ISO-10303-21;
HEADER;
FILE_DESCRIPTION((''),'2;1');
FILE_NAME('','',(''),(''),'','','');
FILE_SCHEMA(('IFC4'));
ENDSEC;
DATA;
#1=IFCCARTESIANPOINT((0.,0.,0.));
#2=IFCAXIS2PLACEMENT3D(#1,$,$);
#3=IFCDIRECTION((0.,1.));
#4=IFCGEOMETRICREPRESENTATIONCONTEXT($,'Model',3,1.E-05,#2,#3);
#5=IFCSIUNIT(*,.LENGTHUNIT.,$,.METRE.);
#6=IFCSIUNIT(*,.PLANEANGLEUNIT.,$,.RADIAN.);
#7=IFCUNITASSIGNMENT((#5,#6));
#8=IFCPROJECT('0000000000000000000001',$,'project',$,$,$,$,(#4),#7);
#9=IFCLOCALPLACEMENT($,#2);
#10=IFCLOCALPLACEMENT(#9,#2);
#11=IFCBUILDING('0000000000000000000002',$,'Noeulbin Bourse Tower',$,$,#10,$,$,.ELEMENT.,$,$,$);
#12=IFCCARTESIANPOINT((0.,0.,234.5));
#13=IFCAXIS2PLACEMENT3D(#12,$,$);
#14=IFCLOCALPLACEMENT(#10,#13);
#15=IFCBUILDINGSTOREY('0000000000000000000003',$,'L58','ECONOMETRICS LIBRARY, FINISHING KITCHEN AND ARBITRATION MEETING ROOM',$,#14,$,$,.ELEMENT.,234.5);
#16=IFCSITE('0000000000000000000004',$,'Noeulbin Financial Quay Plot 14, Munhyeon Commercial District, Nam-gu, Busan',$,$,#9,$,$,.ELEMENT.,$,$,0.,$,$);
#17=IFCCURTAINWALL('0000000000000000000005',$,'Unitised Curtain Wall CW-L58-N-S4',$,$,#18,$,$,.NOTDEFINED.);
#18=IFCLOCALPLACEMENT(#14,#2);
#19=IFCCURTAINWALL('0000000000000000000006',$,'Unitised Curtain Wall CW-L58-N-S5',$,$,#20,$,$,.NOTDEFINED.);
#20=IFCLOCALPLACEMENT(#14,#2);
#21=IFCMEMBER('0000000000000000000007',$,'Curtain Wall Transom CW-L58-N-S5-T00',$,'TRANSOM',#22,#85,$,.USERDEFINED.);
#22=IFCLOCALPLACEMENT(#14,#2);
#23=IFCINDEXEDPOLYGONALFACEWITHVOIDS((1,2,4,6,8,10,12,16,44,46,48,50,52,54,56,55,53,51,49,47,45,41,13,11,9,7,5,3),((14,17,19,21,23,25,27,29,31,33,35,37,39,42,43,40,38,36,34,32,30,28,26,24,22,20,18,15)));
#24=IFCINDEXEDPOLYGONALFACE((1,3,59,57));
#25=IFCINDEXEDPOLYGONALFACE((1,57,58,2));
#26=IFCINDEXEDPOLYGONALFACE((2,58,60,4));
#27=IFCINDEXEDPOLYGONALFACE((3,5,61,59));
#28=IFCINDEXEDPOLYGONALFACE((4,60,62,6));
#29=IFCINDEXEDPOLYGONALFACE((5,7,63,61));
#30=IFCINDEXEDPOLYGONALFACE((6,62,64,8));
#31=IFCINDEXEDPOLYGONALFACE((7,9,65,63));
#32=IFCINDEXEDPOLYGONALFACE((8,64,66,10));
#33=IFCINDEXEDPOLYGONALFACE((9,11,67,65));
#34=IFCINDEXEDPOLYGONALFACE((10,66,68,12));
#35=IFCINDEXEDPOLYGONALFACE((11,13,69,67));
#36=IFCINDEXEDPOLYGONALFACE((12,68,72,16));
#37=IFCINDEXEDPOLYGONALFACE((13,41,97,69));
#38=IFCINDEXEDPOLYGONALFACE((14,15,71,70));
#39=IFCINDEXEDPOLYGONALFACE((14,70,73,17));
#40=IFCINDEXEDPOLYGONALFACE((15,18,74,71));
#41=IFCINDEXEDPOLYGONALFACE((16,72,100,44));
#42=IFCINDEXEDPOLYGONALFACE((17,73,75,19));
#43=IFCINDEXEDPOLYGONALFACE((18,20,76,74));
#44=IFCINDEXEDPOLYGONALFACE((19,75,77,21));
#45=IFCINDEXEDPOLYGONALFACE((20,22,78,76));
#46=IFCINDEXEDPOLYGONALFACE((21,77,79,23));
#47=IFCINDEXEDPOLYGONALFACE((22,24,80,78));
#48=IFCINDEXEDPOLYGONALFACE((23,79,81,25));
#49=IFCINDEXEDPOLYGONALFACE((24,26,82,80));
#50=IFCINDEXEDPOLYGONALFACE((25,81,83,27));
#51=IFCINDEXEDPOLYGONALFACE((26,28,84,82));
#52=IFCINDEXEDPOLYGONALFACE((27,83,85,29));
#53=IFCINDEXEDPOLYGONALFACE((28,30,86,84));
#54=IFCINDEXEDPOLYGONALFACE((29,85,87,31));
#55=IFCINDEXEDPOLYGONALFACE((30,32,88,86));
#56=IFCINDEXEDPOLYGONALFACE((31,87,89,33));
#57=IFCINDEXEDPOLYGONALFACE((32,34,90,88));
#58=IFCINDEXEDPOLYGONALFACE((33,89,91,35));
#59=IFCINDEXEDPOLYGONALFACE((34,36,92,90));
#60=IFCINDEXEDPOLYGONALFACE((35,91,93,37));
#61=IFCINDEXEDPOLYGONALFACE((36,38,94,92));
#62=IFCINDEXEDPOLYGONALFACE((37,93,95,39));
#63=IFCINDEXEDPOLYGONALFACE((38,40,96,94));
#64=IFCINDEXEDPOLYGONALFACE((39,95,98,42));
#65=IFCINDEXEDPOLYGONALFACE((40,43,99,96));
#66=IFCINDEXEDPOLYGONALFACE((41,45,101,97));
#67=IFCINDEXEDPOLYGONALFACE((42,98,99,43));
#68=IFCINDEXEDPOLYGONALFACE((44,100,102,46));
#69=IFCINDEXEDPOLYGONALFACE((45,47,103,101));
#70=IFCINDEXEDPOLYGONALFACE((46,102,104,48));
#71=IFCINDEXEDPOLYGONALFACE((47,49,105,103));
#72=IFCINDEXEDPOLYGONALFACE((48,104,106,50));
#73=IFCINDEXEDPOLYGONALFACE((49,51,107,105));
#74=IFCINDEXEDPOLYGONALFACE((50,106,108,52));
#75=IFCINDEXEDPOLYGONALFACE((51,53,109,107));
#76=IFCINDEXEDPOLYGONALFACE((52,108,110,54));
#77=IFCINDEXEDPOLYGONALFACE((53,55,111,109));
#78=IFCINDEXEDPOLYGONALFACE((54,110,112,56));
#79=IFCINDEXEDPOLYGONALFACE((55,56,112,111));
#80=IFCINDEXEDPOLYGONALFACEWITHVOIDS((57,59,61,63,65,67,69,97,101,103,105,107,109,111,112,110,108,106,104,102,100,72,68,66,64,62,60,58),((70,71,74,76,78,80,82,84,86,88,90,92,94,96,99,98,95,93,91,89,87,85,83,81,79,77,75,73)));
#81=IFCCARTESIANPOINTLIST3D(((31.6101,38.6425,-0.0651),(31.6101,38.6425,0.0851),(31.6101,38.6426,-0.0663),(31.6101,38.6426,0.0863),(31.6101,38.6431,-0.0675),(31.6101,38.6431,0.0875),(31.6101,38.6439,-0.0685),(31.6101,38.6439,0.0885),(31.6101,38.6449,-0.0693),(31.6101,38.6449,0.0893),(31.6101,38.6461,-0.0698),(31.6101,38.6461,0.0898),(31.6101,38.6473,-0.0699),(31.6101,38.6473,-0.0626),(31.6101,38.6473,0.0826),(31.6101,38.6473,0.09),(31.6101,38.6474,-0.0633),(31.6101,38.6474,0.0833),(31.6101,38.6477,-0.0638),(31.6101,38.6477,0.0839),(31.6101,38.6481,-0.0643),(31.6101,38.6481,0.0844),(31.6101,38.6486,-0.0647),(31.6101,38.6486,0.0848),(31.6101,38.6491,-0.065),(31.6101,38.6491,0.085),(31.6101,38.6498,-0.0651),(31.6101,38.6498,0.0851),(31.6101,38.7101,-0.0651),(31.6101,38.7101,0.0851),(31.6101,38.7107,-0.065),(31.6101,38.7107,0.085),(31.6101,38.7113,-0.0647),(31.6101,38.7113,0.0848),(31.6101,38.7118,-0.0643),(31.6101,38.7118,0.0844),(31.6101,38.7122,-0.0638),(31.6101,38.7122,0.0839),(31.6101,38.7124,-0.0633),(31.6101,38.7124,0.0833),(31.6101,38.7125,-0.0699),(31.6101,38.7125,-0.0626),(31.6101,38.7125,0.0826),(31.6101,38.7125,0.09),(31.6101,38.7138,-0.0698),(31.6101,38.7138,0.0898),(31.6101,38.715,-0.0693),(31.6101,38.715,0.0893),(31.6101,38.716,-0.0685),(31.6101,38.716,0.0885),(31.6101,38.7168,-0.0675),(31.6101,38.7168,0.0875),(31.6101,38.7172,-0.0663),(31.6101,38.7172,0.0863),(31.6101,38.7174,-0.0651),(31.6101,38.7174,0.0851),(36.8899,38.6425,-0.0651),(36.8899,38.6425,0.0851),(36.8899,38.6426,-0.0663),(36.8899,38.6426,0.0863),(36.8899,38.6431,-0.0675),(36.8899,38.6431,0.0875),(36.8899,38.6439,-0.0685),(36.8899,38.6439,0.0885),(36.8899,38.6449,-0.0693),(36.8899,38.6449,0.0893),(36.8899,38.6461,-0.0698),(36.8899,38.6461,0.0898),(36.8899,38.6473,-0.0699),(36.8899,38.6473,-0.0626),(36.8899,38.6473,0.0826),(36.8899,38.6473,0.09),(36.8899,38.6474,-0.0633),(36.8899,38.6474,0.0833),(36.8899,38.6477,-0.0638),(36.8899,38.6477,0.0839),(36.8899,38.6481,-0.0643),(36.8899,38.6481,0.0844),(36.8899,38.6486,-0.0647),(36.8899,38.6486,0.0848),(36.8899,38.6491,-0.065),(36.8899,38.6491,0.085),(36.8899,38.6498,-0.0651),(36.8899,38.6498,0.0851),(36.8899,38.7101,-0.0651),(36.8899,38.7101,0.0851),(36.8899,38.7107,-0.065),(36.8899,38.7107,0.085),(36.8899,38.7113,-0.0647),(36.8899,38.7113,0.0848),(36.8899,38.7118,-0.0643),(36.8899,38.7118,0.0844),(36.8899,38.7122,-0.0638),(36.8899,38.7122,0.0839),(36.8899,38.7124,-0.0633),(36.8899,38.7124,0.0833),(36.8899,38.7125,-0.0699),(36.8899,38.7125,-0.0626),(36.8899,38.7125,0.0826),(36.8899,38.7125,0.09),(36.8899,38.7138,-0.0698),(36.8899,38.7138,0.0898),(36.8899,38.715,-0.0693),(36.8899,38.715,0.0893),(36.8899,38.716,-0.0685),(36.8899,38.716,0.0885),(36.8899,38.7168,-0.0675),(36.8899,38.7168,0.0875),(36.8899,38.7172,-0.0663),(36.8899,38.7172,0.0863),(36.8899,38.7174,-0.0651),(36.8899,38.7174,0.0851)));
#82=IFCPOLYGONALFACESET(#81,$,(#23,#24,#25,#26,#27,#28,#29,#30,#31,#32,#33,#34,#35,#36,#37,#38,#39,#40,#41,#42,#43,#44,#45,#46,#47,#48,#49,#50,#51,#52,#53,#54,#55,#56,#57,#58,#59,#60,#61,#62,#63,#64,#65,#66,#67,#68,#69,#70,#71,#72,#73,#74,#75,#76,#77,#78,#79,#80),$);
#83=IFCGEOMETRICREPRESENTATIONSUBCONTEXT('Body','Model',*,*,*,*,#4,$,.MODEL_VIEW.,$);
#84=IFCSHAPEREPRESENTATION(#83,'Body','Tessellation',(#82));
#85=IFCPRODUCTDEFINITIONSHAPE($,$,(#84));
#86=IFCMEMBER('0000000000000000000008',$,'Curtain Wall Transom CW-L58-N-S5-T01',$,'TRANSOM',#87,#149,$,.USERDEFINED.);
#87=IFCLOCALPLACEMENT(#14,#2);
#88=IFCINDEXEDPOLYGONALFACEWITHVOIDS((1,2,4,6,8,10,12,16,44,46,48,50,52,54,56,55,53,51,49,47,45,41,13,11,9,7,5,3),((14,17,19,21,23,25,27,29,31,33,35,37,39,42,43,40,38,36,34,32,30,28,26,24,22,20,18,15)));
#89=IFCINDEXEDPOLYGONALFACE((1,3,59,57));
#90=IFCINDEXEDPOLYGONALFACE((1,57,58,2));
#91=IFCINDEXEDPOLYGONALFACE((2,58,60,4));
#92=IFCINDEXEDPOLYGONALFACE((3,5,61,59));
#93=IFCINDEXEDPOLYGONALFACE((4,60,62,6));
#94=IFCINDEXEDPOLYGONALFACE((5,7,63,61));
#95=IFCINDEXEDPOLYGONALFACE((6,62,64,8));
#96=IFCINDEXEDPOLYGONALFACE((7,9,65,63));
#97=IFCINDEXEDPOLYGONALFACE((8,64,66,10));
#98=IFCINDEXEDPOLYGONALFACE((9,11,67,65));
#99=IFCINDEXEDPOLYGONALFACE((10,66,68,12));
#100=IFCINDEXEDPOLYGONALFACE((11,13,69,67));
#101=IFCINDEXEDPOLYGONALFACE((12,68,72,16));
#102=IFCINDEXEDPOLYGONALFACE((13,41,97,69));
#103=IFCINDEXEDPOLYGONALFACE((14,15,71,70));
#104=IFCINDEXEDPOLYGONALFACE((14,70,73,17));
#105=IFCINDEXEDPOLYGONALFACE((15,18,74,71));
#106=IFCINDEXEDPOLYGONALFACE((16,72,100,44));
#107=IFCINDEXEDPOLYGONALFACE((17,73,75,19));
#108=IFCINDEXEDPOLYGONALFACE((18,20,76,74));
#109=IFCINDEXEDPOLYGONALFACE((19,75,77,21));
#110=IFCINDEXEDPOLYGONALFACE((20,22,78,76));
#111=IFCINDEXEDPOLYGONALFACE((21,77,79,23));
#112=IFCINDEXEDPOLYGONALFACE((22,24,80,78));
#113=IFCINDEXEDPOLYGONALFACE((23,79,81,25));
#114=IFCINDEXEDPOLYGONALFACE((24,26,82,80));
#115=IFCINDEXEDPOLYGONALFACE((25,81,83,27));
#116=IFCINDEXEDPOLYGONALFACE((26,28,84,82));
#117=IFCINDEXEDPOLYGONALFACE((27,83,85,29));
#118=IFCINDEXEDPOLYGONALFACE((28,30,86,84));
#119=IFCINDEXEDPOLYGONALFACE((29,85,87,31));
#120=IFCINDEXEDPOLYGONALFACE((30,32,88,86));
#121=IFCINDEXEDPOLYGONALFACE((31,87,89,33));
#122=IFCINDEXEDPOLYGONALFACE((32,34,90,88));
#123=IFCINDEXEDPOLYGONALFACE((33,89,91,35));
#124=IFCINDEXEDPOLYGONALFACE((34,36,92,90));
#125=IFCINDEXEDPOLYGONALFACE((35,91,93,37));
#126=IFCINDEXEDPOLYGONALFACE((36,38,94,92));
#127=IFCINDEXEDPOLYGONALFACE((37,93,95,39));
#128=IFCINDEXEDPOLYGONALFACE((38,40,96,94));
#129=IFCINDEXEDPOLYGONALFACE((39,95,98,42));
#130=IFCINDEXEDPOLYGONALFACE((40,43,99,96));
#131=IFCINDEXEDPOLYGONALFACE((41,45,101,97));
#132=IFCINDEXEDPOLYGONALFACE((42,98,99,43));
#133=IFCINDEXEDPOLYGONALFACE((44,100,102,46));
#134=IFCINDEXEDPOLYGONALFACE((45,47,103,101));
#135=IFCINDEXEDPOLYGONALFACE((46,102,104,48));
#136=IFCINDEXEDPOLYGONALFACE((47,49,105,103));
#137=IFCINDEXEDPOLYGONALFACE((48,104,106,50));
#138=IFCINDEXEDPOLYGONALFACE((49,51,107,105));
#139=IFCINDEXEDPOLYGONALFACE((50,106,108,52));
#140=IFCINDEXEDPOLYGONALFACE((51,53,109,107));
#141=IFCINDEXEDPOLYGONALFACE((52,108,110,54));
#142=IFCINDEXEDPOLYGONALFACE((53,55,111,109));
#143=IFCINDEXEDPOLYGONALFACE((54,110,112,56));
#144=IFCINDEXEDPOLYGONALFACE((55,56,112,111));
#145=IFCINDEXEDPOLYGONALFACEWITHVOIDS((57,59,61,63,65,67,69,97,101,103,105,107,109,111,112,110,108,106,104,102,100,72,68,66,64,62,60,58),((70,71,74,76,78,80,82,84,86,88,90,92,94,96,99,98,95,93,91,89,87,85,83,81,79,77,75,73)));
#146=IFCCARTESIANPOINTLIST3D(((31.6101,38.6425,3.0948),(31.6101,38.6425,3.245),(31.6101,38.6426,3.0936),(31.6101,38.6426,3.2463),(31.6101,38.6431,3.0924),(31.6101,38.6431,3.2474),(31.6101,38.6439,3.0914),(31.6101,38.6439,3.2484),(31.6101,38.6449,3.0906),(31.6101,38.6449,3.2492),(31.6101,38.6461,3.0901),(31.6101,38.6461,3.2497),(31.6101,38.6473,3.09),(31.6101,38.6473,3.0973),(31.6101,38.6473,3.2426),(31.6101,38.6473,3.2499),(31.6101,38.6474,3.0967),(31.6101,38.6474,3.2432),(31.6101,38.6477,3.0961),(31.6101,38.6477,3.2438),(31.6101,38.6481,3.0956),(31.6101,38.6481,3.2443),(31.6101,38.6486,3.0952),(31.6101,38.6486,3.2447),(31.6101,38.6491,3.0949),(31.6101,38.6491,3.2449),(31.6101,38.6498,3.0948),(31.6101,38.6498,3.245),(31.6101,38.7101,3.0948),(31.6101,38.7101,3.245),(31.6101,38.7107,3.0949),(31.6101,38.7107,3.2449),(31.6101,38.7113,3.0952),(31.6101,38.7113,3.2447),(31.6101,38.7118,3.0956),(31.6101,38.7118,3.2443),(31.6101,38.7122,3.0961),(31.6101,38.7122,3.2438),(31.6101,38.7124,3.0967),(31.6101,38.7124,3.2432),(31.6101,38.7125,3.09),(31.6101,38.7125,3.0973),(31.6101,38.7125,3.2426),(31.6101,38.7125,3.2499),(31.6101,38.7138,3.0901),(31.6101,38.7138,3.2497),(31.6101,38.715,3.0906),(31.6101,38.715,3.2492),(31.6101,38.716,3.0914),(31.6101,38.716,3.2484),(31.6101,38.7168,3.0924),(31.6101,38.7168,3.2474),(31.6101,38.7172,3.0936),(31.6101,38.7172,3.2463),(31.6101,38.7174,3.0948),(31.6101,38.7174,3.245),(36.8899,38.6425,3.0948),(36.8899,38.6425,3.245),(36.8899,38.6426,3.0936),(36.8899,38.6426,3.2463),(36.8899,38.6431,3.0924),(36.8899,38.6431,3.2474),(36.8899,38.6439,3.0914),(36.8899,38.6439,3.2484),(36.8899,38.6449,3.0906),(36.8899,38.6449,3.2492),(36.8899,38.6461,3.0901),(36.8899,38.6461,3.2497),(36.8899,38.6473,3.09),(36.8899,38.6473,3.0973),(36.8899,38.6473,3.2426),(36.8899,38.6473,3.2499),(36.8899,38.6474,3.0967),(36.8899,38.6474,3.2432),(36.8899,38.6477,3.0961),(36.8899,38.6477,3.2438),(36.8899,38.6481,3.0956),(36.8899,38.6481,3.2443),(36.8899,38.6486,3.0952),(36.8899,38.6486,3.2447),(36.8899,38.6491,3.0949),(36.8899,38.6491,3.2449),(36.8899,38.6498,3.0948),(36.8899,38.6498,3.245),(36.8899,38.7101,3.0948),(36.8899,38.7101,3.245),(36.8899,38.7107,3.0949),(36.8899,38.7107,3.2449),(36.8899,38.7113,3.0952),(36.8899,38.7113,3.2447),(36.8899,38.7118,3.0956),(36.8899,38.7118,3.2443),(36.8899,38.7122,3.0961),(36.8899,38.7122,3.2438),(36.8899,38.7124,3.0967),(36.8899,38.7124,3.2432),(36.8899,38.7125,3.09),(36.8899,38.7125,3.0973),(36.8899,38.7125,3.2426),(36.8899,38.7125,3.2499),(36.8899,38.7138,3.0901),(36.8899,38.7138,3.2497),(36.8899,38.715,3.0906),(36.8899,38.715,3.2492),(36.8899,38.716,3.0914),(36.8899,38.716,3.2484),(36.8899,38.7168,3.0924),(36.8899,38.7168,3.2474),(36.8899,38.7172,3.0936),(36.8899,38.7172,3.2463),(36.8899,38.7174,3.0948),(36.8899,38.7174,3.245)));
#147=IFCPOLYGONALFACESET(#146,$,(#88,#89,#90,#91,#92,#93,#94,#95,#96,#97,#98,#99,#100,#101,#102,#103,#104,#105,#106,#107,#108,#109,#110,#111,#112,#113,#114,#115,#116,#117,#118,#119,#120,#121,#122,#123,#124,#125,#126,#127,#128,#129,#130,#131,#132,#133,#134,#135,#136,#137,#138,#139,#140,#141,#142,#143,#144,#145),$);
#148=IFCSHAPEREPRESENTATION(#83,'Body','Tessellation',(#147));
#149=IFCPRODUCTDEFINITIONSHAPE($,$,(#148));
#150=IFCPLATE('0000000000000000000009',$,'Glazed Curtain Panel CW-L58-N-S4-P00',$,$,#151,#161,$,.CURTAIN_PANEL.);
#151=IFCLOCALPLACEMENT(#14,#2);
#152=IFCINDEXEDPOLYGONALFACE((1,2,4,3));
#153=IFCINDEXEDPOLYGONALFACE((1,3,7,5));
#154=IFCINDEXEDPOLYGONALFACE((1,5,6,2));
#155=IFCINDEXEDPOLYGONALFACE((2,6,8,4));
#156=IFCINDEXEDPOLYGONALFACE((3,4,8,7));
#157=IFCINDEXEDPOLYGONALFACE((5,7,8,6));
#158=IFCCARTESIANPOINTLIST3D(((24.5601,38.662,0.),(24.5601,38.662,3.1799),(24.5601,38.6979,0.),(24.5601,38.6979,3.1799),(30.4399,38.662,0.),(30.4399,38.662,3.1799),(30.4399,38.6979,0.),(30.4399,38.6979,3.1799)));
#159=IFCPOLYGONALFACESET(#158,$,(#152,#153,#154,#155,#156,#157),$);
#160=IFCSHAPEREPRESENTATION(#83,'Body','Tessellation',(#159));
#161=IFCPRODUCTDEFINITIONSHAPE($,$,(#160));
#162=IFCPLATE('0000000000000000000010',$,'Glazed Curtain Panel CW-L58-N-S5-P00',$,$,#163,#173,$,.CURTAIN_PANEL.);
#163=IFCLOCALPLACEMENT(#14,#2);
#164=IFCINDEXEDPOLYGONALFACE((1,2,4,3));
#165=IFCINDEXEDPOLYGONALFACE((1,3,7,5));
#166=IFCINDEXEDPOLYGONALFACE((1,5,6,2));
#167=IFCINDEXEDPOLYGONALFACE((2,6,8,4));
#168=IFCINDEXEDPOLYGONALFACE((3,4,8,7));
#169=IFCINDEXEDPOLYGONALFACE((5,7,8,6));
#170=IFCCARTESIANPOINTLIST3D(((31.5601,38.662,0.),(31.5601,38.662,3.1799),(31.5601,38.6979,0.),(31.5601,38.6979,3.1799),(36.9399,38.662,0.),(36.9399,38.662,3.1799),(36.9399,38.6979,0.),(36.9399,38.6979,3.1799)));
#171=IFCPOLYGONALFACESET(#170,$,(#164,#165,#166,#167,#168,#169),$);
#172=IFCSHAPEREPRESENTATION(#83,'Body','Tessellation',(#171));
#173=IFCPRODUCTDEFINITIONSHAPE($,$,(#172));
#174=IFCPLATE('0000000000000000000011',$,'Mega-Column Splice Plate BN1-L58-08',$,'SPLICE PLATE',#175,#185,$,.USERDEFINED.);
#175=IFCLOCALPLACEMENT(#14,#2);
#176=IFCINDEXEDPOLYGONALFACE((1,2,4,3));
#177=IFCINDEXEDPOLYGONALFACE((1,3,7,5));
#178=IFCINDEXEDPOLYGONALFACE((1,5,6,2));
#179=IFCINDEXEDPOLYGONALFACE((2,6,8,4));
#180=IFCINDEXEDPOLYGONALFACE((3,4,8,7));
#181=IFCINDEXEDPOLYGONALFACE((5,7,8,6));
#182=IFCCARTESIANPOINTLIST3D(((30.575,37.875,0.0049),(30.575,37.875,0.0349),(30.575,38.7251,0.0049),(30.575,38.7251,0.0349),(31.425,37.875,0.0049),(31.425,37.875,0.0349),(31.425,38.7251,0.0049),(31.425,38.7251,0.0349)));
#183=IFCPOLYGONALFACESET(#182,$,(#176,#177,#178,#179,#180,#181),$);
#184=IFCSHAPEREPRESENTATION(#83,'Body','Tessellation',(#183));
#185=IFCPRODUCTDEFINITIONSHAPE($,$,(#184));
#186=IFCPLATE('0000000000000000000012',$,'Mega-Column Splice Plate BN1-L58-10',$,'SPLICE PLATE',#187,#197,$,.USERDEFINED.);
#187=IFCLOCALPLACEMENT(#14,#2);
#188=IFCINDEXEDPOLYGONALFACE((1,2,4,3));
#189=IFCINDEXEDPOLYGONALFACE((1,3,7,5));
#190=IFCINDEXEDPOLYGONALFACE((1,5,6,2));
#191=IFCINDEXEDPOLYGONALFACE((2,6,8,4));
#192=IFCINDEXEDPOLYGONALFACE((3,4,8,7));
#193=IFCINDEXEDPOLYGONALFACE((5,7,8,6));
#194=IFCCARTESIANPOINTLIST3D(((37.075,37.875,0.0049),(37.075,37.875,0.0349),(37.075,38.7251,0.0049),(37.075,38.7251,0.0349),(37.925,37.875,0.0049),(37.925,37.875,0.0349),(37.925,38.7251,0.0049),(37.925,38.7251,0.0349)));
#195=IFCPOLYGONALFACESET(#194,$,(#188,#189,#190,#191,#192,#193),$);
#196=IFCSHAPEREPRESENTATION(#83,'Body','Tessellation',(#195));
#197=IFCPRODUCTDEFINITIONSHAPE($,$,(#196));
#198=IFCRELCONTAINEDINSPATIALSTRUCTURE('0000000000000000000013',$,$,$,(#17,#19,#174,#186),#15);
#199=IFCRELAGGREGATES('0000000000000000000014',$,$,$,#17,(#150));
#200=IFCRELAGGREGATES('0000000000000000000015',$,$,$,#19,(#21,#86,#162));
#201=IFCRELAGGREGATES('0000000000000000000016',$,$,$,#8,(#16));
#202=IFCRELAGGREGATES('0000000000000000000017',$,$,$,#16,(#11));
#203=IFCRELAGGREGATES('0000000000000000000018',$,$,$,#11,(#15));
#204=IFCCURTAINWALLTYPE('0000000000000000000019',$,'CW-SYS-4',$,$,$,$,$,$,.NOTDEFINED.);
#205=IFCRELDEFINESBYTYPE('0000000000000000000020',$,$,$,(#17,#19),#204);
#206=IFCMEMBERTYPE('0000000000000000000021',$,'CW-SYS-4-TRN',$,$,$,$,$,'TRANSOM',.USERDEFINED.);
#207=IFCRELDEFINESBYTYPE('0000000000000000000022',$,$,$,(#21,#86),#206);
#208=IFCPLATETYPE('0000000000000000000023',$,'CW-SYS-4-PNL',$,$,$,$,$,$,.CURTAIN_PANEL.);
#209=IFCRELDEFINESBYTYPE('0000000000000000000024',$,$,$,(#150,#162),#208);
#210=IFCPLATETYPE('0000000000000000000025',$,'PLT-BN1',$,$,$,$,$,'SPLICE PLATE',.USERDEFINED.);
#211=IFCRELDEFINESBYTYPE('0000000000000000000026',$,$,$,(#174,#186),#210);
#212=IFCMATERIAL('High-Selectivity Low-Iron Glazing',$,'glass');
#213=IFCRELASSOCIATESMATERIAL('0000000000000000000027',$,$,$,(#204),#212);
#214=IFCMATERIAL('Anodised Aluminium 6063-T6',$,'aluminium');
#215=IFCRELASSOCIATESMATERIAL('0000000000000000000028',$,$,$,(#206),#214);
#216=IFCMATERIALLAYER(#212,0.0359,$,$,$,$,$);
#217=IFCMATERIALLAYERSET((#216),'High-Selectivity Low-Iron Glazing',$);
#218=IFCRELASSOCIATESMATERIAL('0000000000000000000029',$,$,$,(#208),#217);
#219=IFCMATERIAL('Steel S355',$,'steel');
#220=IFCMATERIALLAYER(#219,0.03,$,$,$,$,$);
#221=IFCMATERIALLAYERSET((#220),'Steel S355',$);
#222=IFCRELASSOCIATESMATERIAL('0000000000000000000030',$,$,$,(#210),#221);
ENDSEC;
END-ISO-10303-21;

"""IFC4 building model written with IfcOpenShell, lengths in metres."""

from ifc_helpers import new_model, si_unit, direction, frame, origin, origin_2d, place, context, subcontext, project, spatial, rectangle, hollow_rectangle, extrude, material, layer, layer_set, material_profile, profile_set, type_object, element, aggregate, save


model = new_model("IFC4")

# Units and contexts
model_context = context("Model", 3, precision=1e-05, world=origin(), true_north=direction((0.0, 1.0)))
body_context = subcontext(model_context, "Body", "Model", "MODEL_VIEW")
ifc_project = project(units=[si_unit("LENGTHUNIT", "METRE"), si_unit("PLANEANGLEUNIT", "RADIAN")], contexts=[model_context])

# Site, building, storey
site_placement = place(None, origin())
site = spatial("IfcSite", under=ifc_project, at=site_placement, Name="Noeulbin Financial Quay Plot 14, Munhyeon Commercial District, Nam-gu, Busan", CompositionType="ELEMENT", RefElevation=0.0)
building_placement = place(site_placement, origin())
building = spatial("IfcBuilding", under=site, at=building_placement, Name="Noeulbin Bourse Tower", CompositionType="ELEMENT")
storey_placement = place(building_placement, frame((0.0, 0.0, 234.5)))
storey = spatial("IfcBuildingStorey", under=building, at=storey_placement, Name="L58", Description="ECONOMETRICS LIBRARY, FINISHING KITCHEN AND ARBITRATION MEETING ROOM", CompositionType="ELEMENT", Elevation=234.5)

# Shared definitions
ifc_material_1 = material(Name="Steel S355", Category="steel")

# Curtain walls
ifc_material_2 = material(Name="High-Selectivity Low-Iron Glazing", Category="glass")
curtain_wall_type = type_object("IfcCurtainWallType", Name="CW-SYS-4", PredefinedType="NOTDEFINED", material=ifc_material_2)
curtain_wall_1_placement = place(storey_placement, origin())
curtain_wall_1 = element("IfcCurtainWall", 1, at=curtain_wall_1_placement, inside=storey, type_object=curtain_wall_type, Name="Unitised Curtain Wall CW-L58-N-S4", PredefinedType="NOTDEFINED")
ifc_material_3 = material(Name="Anodised Aluminium 6063-T6", Category="aluminium")
curtain_wall_2_placement = place(storey_placement, origin())
curtain_wall_2 = element("IfcCurtainWall", 2, at=curtain_wall_2_placement, inside=storey, type_object=curtain_wall_type, Name="Unitised Curtain Wall CW-L58-N-S5", PredefinedType="NOTDEFINED")

# Members
ifc_material_profile_1 = material_profile(ifc_material_3, hollow_rectangle(XDim=0.075, YDim=0.1599, WallThickness=0.0049, InnerFilletRadius=0.0024, OuterFilletRadius=0.0049, at=origin_2d()), Name="ALU-TRAN-75x160x5", Category="LoadBearing")
ifc_profile_set_1 = profile_set([ifc_material_profile_1], Name="Anodised Aluminium 6063-T6")
member_type_1 = type_object("IfcMemberType", Name="CW-SYS-4-TRN", ElementType="TRANSOM", PredefinedType="USERDEFINED", material=ifc_profile_set_1)
member_1_placement = place(storey_placement, frame((31.6101, 38.6799, 0.01), z_axis=(1.0, 0.0, 0.0), x_axis=(0.0, 1.0, 0.0)))
member_1 = element("IfcMember", 3, at=member_1_placement, type_object=member_type_1, Name="Curtain Wall Transom CW-L58-N-S5-T00", ObjectType="TRANSOM", PredefinedType="USERDEFINED", context=body_context, shape_type="SweptSolid", body=[
    extrude(hollow_rectangle(XDim=0.075, YDim=0.1599, WallThickness=0.0049, InnerFilletRadius=0.0024, OuterFilletRadius=0.0049, at=origin_2d()), origin(), (0.0, 0.0, 1.0), 5.2798),
])
member_2_placement = place(storey_placement, frame((31.6101, 38.6799, 3.1699), z_axis=(1.0, 0.0, 0.0), x_axis=(0.0, 1.0, 0.0)))
member_2 = element("IfcMember", 4, at=member_2_placement, type_object=member_type_1, Name="Curtain Wall Transom CW-L58-N-S5-T01", ObjectType="TRANSOM", PredefinedType="USERDEFINED", context=body_context, shape_type="SweptSolid", body=[
    extrude(hollow_rectangle(XDim=0.075, YDim=0.1599, WallThickness=0.0049, InnerFilletRadius=0.0024, OuterFilletRadius=0.0049, at=origin_2d()), origin(), (0.0, 0.0, 1.0), 5.2798),
])

# Plates
ifc_layer_1 = layer(ifc_material_2, 0.0359)
ifc_layer_set_1 = layer_set([ifc_layer_1], Name="High-Selectivity Low-Iron Glazing")
plate_type_1 = type_object("IfcPlateType", Name="CW-SYS-4-PNL", PredefinedType="CURTAIN_PANEL", material=ifc_layer_set_1)
plate_1_placement = place(storey_placement, frame((27.5, 38.6799, 0.0), z_axis=(0.0, 0.0, 1.0), x_axis=(1.0, 0.0, 0.0)))
plate_1 = element("IfcPlate", 5, at=plate_1_placement, type_object=plate_type_1, Name="Glazed Curtain Panel CW-L58-N-S4-P00", PredefinedType="CURTAIN_PANEL", context=body_context, shape_type="SweptSolid", body=[
    extrude(rectangle(XDim=5.8799, YDim=0.0359, at=origin_2d()), origin(), (0.0, 0.0, 1.0), 3.1799),
])
aggregate(curtain_wall_1, [plate_1])
plate_2_placement = place(storey_placement, frame((34.25, 38.6799, 0.0), z_axis=(0.0, 0.0, 1.0), x_axis=(1.0, 0.0, 0.0)))
plate_2 = element("IfcPlate", 6, at=plate_2_placement, type_object=plate_type_1, Name="Glazed Curtain Panel CW-L58-N-S5-P00", PredefinedType="CURTAIN_PANEL", context=body_context, shape_type="SweptSolid", body=[
    extrude(rectangle(XDim=5.3799, YDim=0.0359, at=origin_2d()), origin(), (0.0, 0.0, 1.0), 3.1799),
])
aggregate(curtain_wall_2, [member_1, member_2, plate_2])

# Plates
ifc_layer_2 = layer(ifc_material_1, 0.03)
ifc_layer_set_2 = layer_set([ifc_layer_2], Name="Steel S355")
plate_type_2 = type_object("IfcPlateType", Name="PLT-BN1", ElementType="SPLICE PLATE", PredefinedType="USERDEFINED", material=ifc_layer_set_2)
for number, where, z_axis, x_axis, name in (
    (7, (31.0, 38.3, 0.0049), (0.0, 0.0, 1.0), (1.0, 0.0, 0.0), "Mega-Column Splice Plate BN1-L58-08"),
    (8, (37.5, 38.3, 0.0049), (0.0, 0.0, 1.0), (1.0, 0.0, 0.0), "Mega-Column Splice Plate BN1-L58-10"),
):
    element("IfcPlate", number, at=place(storey_placement, frame(where, z_axis=z_axis, x_axis=x_axis)), inside=storey, type_object=plate_type_2, Name=name, ObjectType="SPLICE PLATE", PredefinedType="USERDEFINED", context=body_context, shape_type="SweptSolid", body=[
        extrude(rectangle(XDim=0.8501, YDim=0.8501, at=origin_2d()), origin(), (0.0, 0.0, 1.0), 0.03),
    ])

save(model, "model.ifc")
